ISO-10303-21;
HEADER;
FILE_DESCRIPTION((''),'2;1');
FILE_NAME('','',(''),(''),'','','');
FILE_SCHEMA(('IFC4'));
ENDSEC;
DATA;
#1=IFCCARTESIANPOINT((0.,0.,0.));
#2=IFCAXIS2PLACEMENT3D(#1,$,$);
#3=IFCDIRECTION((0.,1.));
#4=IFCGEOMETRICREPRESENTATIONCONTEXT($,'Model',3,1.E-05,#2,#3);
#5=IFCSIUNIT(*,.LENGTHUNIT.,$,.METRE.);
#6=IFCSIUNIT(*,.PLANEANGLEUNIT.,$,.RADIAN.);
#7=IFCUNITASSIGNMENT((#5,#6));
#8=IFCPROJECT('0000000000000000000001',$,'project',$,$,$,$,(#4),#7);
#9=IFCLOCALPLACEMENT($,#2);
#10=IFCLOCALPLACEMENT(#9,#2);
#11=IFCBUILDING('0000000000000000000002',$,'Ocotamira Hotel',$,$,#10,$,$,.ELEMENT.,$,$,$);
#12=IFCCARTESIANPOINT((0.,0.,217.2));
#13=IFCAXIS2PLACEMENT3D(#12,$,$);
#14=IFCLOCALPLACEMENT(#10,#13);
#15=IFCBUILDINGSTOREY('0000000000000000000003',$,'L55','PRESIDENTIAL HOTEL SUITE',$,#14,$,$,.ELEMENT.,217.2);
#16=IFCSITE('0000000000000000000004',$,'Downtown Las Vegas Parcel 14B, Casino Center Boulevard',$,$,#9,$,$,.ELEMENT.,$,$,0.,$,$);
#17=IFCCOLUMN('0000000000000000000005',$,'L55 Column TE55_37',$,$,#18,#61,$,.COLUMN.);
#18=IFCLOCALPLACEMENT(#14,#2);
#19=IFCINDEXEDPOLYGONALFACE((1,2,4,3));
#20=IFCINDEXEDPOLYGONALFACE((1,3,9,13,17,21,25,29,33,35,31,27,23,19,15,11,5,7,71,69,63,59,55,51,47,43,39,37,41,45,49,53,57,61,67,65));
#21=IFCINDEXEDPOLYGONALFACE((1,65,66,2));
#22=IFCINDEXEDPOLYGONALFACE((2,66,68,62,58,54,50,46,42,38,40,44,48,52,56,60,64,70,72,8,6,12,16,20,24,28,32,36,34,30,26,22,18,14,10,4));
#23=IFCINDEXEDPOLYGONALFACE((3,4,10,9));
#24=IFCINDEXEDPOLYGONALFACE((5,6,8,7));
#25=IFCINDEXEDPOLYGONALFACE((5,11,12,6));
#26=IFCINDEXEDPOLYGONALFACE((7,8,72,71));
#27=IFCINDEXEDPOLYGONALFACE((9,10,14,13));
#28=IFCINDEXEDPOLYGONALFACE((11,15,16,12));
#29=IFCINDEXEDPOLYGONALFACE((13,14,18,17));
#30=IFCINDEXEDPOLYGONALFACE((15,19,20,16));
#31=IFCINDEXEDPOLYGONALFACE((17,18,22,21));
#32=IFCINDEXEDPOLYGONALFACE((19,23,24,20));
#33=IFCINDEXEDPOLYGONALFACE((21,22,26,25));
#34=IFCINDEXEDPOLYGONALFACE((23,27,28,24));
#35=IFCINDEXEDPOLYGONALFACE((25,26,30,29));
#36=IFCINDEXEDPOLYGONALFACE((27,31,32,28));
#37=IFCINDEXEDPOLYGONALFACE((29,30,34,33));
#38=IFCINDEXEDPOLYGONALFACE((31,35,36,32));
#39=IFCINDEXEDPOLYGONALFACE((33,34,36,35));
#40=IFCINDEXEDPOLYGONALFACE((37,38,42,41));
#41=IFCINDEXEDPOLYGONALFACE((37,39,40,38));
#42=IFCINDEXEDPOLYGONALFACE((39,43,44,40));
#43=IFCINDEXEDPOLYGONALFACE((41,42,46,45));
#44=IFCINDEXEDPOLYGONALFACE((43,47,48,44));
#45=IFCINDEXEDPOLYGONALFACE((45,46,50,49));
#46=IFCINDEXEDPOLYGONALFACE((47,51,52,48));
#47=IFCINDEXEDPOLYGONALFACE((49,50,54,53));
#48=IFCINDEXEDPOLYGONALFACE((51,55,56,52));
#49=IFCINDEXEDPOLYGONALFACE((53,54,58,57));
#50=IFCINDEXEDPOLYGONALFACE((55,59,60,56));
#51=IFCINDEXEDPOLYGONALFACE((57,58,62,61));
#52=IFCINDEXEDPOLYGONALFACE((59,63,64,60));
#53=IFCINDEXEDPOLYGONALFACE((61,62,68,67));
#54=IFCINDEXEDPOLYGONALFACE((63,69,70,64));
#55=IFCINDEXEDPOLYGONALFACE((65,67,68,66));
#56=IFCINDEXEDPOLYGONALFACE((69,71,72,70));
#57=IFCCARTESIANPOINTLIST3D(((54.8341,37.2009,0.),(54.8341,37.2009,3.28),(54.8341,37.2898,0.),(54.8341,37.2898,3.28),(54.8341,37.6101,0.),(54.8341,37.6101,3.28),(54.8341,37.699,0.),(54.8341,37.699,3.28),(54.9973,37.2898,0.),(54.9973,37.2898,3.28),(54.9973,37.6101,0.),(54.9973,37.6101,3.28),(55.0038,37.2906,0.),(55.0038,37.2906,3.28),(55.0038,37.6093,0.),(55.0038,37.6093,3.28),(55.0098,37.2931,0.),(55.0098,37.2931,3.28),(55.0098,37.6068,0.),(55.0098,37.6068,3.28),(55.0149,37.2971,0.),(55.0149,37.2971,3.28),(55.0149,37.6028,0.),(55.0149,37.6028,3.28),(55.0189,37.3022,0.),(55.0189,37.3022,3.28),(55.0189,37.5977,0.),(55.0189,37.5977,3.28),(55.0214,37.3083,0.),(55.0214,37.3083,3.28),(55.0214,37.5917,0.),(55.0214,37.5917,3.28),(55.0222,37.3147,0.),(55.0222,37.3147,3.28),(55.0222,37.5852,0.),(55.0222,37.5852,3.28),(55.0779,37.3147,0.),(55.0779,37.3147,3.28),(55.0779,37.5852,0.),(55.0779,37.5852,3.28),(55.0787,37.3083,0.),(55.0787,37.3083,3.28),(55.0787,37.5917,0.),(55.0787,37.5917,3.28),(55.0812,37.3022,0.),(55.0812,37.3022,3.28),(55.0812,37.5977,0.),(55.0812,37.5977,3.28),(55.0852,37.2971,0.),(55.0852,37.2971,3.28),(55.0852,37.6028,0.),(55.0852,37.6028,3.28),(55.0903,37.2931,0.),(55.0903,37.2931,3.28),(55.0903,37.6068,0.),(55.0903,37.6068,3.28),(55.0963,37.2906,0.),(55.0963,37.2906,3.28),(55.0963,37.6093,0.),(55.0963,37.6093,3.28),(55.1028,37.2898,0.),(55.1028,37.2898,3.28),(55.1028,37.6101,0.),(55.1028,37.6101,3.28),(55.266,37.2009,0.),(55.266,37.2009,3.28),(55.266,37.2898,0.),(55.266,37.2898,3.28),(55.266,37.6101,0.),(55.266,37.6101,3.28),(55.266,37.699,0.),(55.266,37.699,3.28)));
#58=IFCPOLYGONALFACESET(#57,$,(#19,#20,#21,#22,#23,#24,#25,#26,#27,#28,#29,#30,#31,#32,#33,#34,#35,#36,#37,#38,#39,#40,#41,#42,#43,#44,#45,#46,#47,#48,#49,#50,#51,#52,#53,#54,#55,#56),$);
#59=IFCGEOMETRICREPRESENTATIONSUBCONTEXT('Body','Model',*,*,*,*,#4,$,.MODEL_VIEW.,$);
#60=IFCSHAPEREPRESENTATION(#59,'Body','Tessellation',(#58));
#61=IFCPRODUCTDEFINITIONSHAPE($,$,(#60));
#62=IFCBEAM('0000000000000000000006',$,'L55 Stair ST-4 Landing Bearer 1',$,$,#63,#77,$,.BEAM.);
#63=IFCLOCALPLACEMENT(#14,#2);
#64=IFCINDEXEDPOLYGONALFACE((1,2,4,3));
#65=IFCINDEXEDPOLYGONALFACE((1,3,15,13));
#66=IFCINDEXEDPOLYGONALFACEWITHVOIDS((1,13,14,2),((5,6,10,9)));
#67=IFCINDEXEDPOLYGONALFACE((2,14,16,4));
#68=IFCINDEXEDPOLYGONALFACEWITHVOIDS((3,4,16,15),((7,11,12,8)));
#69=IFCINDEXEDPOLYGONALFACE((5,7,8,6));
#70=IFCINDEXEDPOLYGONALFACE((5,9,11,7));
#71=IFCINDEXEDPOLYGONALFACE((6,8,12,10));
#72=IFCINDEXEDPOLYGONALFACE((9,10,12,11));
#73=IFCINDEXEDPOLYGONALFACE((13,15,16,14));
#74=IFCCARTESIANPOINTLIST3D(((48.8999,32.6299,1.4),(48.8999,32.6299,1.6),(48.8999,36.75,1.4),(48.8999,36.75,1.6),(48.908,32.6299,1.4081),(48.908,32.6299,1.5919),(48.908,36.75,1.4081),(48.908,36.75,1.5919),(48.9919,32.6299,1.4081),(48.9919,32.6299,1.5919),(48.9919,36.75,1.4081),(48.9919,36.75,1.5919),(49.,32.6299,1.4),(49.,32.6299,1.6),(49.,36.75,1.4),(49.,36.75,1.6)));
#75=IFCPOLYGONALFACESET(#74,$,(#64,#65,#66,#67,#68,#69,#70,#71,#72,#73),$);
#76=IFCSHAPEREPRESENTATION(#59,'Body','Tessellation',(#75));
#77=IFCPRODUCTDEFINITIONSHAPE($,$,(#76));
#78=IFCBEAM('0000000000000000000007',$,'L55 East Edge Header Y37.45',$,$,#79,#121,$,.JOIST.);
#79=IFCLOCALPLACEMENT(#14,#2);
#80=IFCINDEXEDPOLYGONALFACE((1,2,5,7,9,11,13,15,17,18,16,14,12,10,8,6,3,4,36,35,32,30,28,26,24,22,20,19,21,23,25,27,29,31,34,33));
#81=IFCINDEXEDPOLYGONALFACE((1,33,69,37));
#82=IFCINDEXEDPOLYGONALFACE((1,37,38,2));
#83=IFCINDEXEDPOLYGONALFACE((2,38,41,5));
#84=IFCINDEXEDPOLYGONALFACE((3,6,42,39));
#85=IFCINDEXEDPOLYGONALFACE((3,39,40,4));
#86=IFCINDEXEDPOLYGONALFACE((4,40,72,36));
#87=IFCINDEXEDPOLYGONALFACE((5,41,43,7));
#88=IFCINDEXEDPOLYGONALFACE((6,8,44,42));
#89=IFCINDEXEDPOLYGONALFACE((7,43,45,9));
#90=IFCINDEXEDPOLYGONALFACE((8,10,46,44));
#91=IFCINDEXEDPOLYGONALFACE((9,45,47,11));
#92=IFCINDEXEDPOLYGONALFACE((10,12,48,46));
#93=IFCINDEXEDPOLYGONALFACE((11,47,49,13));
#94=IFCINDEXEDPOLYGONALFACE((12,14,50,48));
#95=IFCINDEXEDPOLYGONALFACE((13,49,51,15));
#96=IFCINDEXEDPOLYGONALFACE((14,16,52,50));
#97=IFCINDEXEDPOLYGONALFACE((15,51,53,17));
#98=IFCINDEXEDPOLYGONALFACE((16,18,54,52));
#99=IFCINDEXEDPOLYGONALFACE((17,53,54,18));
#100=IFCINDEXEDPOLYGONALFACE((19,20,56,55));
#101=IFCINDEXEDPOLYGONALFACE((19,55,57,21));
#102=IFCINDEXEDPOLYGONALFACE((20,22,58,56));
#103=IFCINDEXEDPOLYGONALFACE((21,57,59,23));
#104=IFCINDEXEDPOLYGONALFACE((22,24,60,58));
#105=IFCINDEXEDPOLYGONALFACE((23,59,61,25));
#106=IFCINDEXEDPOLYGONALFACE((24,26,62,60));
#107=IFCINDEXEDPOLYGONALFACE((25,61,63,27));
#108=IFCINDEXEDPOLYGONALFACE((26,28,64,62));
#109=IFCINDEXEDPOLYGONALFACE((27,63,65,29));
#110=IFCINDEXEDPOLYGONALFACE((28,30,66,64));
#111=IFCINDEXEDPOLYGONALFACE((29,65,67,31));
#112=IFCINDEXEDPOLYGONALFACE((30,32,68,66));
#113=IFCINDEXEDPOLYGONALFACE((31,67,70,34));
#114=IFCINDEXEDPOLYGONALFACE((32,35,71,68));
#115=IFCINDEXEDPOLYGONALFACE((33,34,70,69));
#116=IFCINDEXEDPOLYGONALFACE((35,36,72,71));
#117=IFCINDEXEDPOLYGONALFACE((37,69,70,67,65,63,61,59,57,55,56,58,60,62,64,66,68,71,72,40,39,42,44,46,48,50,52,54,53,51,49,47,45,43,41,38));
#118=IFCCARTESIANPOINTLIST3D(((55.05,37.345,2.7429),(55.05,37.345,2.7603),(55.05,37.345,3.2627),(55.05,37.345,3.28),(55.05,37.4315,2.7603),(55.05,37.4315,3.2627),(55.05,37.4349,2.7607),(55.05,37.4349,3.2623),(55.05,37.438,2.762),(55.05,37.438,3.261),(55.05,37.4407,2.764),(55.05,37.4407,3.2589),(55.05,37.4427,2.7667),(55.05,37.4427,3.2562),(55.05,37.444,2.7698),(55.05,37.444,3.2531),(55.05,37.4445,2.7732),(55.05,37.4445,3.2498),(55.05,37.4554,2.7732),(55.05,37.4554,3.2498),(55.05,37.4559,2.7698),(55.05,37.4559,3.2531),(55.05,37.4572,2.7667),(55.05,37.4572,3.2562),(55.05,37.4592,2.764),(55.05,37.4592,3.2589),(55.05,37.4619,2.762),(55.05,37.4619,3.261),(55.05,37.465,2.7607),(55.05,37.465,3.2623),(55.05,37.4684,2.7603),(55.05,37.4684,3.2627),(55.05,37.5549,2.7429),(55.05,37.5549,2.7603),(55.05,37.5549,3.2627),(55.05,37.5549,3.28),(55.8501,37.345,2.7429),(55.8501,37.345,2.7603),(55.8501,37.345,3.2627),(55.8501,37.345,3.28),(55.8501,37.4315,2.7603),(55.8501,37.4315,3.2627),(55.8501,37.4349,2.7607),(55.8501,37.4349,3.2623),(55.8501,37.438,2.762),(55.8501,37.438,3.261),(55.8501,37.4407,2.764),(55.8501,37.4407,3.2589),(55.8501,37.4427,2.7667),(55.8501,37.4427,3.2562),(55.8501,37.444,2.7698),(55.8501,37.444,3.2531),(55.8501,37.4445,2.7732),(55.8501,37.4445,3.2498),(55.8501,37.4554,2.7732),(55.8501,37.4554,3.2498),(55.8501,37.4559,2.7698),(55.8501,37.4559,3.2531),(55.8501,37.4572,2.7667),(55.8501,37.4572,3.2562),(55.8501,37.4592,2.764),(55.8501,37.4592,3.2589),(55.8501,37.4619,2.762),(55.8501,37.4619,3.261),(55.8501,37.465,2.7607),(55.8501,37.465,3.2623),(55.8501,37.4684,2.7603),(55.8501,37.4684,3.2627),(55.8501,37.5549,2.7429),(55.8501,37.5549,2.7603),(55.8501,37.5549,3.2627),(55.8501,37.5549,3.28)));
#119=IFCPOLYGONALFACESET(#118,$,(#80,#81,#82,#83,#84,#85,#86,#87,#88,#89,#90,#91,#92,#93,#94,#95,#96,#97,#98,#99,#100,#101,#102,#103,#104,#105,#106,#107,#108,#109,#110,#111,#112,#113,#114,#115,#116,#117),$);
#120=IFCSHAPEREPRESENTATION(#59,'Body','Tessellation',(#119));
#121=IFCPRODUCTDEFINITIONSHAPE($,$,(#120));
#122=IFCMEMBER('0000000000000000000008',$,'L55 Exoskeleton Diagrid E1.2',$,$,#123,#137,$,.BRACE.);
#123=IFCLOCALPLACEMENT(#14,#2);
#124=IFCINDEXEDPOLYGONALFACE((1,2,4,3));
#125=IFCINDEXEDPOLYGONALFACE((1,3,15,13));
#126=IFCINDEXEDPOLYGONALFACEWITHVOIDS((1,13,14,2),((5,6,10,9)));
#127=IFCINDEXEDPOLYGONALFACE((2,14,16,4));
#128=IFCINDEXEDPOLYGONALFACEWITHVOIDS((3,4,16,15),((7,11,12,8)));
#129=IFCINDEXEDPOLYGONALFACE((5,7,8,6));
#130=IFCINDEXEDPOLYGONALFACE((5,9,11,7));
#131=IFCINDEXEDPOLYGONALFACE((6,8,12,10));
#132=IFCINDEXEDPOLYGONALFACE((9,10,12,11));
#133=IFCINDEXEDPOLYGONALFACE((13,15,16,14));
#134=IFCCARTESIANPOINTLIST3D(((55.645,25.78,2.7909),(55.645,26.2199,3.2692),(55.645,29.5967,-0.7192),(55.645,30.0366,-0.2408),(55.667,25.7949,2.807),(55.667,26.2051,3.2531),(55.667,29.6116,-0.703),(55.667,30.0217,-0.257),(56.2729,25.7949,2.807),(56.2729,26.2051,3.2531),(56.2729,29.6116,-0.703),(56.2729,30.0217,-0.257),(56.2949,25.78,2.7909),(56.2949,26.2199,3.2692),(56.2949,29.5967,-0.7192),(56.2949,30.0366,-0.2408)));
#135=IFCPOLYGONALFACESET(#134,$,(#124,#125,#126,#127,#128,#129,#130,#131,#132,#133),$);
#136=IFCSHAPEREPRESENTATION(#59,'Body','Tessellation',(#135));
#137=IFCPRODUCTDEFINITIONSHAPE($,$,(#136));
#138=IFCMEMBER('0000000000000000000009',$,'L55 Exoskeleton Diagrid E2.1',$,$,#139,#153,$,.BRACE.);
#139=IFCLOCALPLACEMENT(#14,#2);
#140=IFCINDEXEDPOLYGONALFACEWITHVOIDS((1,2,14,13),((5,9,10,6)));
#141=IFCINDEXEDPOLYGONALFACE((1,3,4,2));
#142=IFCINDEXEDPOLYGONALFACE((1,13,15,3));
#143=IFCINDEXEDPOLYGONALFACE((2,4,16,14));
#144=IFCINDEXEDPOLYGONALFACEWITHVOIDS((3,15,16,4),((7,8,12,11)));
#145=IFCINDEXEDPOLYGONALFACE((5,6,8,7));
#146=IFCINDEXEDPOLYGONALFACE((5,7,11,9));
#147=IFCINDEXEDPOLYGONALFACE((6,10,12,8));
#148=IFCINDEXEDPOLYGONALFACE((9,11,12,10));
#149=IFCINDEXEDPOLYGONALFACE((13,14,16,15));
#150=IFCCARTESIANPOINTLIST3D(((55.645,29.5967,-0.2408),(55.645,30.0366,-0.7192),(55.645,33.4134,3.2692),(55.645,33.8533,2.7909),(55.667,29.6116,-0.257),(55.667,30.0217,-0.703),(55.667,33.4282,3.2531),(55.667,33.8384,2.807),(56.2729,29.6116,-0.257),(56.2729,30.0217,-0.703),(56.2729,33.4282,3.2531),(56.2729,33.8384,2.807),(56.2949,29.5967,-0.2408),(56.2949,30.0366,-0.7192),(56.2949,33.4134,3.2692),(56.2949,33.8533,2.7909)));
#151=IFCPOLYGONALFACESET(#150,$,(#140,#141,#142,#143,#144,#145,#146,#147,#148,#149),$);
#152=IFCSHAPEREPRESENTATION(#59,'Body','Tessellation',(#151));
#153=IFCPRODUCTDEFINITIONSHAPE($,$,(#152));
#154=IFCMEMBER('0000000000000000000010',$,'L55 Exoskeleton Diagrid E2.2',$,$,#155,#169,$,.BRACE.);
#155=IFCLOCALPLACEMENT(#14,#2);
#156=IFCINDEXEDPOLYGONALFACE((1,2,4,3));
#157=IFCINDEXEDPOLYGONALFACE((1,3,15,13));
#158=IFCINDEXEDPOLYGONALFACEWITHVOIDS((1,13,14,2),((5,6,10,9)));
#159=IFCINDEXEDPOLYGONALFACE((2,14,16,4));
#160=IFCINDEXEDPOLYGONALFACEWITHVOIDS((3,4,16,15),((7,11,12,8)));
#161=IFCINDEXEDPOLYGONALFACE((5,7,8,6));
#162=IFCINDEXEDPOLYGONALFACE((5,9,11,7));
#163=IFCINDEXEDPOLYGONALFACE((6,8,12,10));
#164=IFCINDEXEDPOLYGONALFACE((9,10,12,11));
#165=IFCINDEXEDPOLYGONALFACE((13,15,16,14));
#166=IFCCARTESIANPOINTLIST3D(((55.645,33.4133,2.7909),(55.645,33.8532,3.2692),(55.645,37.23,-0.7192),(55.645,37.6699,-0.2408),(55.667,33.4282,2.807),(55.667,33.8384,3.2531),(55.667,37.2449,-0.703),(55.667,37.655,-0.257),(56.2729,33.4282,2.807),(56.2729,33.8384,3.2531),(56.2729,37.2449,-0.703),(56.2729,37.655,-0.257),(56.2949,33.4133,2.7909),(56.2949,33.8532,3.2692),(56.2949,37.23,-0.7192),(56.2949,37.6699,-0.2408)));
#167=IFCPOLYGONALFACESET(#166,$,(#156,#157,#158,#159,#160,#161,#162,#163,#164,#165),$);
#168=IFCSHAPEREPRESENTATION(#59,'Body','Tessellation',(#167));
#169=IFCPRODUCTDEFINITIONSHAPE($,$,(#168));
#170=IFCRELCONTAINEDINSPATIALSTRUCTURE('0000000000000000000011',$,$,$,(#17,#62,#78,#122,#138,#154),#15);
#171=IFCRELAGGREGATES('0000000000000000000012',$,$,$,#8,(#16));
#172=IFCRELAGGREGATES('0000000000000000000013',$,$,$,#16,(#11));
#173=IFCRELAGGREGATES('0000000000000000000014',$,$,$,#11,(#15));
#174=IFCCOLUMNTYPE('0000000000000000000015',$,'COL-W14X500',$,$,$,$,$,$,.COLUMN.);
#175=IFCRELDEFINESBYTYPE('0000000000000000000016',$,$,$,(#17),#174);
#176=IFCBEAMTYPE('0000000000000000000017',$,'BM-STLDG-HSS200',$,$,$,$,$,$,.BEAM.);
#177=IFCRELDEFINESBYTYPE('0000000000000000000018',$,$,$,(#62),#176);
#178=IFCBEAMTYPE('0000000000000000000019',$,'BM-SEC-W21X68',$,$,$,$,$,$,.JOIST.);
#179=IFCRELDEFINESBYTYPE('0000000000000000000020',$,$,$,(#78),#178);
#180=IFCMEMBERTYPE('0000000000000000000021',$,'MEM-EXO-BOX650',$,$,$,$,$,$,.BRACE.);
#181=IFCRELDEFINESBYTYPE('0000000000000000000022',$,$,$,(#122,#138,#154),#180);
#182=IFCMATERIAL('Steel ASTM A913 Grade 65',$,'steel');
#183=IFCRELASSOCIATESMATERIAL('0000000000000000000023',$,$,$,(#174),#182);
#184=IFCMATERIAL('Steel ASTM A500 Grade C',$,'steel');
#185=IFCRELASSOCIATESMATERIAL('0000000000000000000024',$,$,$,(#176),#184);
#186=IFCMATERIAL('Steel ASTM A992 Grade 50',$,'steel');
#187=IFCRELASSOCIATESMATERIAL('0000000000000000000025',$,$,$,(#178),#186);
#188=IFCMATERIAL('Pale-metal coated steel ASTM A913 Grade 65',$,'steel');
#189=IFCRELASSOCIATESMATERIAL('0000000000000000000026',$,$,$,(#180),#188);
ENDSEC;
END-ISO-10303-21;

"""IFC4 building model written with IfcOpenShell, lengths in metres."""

from ifc_helpers import new_model, si_unit, direction, frame, origin, origin_2d, place, context, subcontext, project, spatial, hollow_rectangle, i_section, extrude, source, transform, mapped, material, material_profile, profile_set, type_object, element, save


model = new_model("IFC4")

# Units and contexts
model_context = context("Model", 3, precision=1e-05, world=origin(), true_north=direction((0.0, 1.0)))
body_context = subcontext(model_context, "Body", "Model", "MODEL_VIEW")
ifc_project = project(units=[si_unit("LENGTHUNIT", "METRE"), si_unit("PLANEANGLEUNIT", "RADIAN")], contexts=[model_context])

# Site, building, storey
site_placement = place(None, origin())
site = spatial("IfcSite", under=ifc_project, at=site_placement, Name="Downtown Las Vegas Parcel 14B, Casino Center Boulevard", CompositionType="ELEMENT", RefElevation=0.0)
building_placement = place(site_placement, origin())
building = spatial("IfcBuilding", under=site, at=building_placement, Name="Ocotamira Hotel", CompositionType="ELEMENT")
storey_placement = place(building_placement, frame((0.0, 0.0, 217.2)))
storey = spatial("IfcBuildingStorey", under=building, at=storey_placement, Name="L55", Description="PRESIDENTIAL HOTEL SUITE", CompositionType="ELEMENT", Elevation=217.2)

# Column
ifc_material_1 = material(Name="Steel ASTM A913 Grade 65", Category="steel")
ifc_material_profile_1 = material_profile(ifc_material_1, i_section(OverallWidth=0.4319, OverallDepth=0.498, WebThickness=0.0557, FlangeThickness=0.0889, FilletRadius=0.0249, at=origin_2d()), Name="W14X500")
ifc_profile_set_1 = profile_set([ifc_material_profile_1], Name="Steel ASTM A913 Grade 65")
column_type = type_object("IfcColumnType", Name="COL-W14X500", PredefinedType="COLUMN", material=ifc_profile_set_1)
shared_shape_1 = source(origin(), body_context, "Body", "SweptSolid", [
    extrude(i_section(OverallWidth=0.4319, OverallDepth=0.498, WebThickness=0.0557, FlangeThickness=0.0889, FilletRadius=0.0249, at=origin_2d()), origin(), (0.0, 0.0, 1.0), 3.28),
])
column_placement = place(storey_placement, frame((55.05, 37.45, 0.0), z_axis=(0.0, 0.0, 1.0), x_axis=(1.0, 0.0, 0.0)))
element("IfcColumn", 1, at=column_placement, inside=storey, type_object=column_type, Name="L55 Column TE55_37", PredefinedType="COLUMN", context=body_context, shape_type="MappedRepresentation", body=[
    mapped(shared_shape_1, transform((0.0, 0.0, 0.0), scale=1.0)),
])

# Beams
ifc_material_2 = material(Name="Steel ASTM A500 Grade C", Category="steel")
ifc_material_profile_2 = material_profile(ifc_material_2, hollow_rectangle(XDim=0.1001, YDim=0.2, WallThickness=0.0081, at=origin_2d()), Name="HSS200X100X8")
ifc_profile_set_2 = profile_set([ifc_material_profile_2], Name="Steel ASTM A500 Grade C")
beam_type_1 = type_object("IfcBeamType", Name="BM-STLDG-HSS200", PredefinedType="BEAM", material=ifc_profile_set_2)
shared_shape_2 = source(origin(), body_context, "Body", "SweptSolid", [
    extrude(hollow_rectangle(XDim=0.1001, YDim=0.2, WallThickness=0.0081, at=origin_2d()), origin(), (0.0, 0.0, 1.0), 4.1201),
])
beam_1_placement = place(storey_placement, frame((48.95, 32.6299, 1.5), z_axis=(0.0, 1.0, 0.0), x_axis=(-1.0, 0.0, 0.0)))
element("IfcBeam", 2, at=beam_1_placement, inside=storey, type_object=beam_type_1, Name="L55 Stair ST-4 Landing Bearer 1", PredefinedType="BEAM", context=body_context, shape_type="MappedRepresentation", body=[
    mapped(shared_shape_2, transform((0.0, 0.0, 0.0), scale=1.0)),
])
ifc_material_3 = material(Name="Steel ASTM A992 Grade 50", Category="steel")
ifc_material_profile_3 = material_profile(ifc_material_3, i_section(OverallWidth=0.21, OverallDepth=0.5371, WebThickness=0.011, FlangeThickness=0.0173, FilletRadius=0.0129, at=origin_2d()), Name="W21X68")
ifc_profile_set_3 = profile_set([ifc_material_profile_3], Name="Steel ASTM A992 Grade 50")
beam_type_2 = type_object("IfcBeamType", Name="BM-SEC-W21X68", PredefinedType="JOIST", material=ifc_profile_set_3)
shared_shape_3 = source(origin(), body_context, "Body", "SweptSolid", [
    extrude(i_section(OverallWidth=0.21, OverallDepth=0.5371, WebThickness=0.011, FlangeThickness=0.0173, FilletRadius=0.0129, at=origin_2d()), origin(), (0.0, 0.0, 1.0), 0.8),
])
beam_2_placement = place(storey_placement, frame((55.05, 37.45, 3.0115), z_axis=(1.0, 0.0, 0.0), x_axis=(0.0, 1.0, 0.0)))
element("IfcBeam", 3, at=beam_2_placement, inside=storey, type_object=beam_type_2, Name="L55 East Edge Header Y37.45", PredefinedType="JOIST", context=body_context, shape_type="MappedRepresentation", body=[
    mapped(shared_shape_3, transform((0.0, 0.0, 0.0), scale=1.0)),
])

# Members
ifc_material_4 = material(Name="Pale-metal coated steel ASTM A913 Grade 65", Category="steel")
ifc_material_profile_4 = material_profile(ifc_material_4, hollow_rectangle(XDim=0.6499, YDim=0.6499, WallThickness=0.022, at=origin_2d()), Name="BOX650X650X22")
ifc_profile_set_4 = profile_set([ifc_material_profile_4], Name="Pale-metal coated steel ASTM A913 Grade 65")
member_type_1 = type_object("IfcMemberType", Name="MEM-EXO-BOX650", PredefinedType="BRACE", material=ifc_profile_set_4)
shared_shape_4 = source(origin(), body_context, "Body", "SweptSolid", [
    extrude(hollow_rectangle(XDim=0.6499, YDim=0.6499, WallThickness=0.022, at=origin_2d()), origin(), (0.0, 0.0, 1.0), 5.1853),
])
for number, where, z_axis, x_axis, name in (
    (4, (55.97, 29.8167, -0.48), (0.0, -0.736057, 0.67692), (1.0, 0.0, 0.0), "L55 Exoskeleton Diagrid E1.2"),
    (5, (55.97, 29.8167, -0.48), (0.0, 0.736057, 0.67692), (-1.0, 0.0, 0.0), "L55 Exoskeleton Diagrid E2.1"),
    (6, (55.97, 37.45, -0.48), (0.0, -0.736057, 0.67692), (1.0, 0.0, 0.0), "L55 Exoskeleton Diagrid E2.2"),
):
    element("IfcMember", number, at=place(storey_placement, frame(where, z_axis=z_axis, x_axis=x_axis)), inside=storey, type_object=member_type_1, Name=name, PredefinedType="BRACE", context=body_context, shape_type="MappedRepresentation", body=[
        mapped(shared_shape_4, transform((0.0, 0.0, 0.0), scale=1.0)),
    ])

save(model, "model.ifc")
